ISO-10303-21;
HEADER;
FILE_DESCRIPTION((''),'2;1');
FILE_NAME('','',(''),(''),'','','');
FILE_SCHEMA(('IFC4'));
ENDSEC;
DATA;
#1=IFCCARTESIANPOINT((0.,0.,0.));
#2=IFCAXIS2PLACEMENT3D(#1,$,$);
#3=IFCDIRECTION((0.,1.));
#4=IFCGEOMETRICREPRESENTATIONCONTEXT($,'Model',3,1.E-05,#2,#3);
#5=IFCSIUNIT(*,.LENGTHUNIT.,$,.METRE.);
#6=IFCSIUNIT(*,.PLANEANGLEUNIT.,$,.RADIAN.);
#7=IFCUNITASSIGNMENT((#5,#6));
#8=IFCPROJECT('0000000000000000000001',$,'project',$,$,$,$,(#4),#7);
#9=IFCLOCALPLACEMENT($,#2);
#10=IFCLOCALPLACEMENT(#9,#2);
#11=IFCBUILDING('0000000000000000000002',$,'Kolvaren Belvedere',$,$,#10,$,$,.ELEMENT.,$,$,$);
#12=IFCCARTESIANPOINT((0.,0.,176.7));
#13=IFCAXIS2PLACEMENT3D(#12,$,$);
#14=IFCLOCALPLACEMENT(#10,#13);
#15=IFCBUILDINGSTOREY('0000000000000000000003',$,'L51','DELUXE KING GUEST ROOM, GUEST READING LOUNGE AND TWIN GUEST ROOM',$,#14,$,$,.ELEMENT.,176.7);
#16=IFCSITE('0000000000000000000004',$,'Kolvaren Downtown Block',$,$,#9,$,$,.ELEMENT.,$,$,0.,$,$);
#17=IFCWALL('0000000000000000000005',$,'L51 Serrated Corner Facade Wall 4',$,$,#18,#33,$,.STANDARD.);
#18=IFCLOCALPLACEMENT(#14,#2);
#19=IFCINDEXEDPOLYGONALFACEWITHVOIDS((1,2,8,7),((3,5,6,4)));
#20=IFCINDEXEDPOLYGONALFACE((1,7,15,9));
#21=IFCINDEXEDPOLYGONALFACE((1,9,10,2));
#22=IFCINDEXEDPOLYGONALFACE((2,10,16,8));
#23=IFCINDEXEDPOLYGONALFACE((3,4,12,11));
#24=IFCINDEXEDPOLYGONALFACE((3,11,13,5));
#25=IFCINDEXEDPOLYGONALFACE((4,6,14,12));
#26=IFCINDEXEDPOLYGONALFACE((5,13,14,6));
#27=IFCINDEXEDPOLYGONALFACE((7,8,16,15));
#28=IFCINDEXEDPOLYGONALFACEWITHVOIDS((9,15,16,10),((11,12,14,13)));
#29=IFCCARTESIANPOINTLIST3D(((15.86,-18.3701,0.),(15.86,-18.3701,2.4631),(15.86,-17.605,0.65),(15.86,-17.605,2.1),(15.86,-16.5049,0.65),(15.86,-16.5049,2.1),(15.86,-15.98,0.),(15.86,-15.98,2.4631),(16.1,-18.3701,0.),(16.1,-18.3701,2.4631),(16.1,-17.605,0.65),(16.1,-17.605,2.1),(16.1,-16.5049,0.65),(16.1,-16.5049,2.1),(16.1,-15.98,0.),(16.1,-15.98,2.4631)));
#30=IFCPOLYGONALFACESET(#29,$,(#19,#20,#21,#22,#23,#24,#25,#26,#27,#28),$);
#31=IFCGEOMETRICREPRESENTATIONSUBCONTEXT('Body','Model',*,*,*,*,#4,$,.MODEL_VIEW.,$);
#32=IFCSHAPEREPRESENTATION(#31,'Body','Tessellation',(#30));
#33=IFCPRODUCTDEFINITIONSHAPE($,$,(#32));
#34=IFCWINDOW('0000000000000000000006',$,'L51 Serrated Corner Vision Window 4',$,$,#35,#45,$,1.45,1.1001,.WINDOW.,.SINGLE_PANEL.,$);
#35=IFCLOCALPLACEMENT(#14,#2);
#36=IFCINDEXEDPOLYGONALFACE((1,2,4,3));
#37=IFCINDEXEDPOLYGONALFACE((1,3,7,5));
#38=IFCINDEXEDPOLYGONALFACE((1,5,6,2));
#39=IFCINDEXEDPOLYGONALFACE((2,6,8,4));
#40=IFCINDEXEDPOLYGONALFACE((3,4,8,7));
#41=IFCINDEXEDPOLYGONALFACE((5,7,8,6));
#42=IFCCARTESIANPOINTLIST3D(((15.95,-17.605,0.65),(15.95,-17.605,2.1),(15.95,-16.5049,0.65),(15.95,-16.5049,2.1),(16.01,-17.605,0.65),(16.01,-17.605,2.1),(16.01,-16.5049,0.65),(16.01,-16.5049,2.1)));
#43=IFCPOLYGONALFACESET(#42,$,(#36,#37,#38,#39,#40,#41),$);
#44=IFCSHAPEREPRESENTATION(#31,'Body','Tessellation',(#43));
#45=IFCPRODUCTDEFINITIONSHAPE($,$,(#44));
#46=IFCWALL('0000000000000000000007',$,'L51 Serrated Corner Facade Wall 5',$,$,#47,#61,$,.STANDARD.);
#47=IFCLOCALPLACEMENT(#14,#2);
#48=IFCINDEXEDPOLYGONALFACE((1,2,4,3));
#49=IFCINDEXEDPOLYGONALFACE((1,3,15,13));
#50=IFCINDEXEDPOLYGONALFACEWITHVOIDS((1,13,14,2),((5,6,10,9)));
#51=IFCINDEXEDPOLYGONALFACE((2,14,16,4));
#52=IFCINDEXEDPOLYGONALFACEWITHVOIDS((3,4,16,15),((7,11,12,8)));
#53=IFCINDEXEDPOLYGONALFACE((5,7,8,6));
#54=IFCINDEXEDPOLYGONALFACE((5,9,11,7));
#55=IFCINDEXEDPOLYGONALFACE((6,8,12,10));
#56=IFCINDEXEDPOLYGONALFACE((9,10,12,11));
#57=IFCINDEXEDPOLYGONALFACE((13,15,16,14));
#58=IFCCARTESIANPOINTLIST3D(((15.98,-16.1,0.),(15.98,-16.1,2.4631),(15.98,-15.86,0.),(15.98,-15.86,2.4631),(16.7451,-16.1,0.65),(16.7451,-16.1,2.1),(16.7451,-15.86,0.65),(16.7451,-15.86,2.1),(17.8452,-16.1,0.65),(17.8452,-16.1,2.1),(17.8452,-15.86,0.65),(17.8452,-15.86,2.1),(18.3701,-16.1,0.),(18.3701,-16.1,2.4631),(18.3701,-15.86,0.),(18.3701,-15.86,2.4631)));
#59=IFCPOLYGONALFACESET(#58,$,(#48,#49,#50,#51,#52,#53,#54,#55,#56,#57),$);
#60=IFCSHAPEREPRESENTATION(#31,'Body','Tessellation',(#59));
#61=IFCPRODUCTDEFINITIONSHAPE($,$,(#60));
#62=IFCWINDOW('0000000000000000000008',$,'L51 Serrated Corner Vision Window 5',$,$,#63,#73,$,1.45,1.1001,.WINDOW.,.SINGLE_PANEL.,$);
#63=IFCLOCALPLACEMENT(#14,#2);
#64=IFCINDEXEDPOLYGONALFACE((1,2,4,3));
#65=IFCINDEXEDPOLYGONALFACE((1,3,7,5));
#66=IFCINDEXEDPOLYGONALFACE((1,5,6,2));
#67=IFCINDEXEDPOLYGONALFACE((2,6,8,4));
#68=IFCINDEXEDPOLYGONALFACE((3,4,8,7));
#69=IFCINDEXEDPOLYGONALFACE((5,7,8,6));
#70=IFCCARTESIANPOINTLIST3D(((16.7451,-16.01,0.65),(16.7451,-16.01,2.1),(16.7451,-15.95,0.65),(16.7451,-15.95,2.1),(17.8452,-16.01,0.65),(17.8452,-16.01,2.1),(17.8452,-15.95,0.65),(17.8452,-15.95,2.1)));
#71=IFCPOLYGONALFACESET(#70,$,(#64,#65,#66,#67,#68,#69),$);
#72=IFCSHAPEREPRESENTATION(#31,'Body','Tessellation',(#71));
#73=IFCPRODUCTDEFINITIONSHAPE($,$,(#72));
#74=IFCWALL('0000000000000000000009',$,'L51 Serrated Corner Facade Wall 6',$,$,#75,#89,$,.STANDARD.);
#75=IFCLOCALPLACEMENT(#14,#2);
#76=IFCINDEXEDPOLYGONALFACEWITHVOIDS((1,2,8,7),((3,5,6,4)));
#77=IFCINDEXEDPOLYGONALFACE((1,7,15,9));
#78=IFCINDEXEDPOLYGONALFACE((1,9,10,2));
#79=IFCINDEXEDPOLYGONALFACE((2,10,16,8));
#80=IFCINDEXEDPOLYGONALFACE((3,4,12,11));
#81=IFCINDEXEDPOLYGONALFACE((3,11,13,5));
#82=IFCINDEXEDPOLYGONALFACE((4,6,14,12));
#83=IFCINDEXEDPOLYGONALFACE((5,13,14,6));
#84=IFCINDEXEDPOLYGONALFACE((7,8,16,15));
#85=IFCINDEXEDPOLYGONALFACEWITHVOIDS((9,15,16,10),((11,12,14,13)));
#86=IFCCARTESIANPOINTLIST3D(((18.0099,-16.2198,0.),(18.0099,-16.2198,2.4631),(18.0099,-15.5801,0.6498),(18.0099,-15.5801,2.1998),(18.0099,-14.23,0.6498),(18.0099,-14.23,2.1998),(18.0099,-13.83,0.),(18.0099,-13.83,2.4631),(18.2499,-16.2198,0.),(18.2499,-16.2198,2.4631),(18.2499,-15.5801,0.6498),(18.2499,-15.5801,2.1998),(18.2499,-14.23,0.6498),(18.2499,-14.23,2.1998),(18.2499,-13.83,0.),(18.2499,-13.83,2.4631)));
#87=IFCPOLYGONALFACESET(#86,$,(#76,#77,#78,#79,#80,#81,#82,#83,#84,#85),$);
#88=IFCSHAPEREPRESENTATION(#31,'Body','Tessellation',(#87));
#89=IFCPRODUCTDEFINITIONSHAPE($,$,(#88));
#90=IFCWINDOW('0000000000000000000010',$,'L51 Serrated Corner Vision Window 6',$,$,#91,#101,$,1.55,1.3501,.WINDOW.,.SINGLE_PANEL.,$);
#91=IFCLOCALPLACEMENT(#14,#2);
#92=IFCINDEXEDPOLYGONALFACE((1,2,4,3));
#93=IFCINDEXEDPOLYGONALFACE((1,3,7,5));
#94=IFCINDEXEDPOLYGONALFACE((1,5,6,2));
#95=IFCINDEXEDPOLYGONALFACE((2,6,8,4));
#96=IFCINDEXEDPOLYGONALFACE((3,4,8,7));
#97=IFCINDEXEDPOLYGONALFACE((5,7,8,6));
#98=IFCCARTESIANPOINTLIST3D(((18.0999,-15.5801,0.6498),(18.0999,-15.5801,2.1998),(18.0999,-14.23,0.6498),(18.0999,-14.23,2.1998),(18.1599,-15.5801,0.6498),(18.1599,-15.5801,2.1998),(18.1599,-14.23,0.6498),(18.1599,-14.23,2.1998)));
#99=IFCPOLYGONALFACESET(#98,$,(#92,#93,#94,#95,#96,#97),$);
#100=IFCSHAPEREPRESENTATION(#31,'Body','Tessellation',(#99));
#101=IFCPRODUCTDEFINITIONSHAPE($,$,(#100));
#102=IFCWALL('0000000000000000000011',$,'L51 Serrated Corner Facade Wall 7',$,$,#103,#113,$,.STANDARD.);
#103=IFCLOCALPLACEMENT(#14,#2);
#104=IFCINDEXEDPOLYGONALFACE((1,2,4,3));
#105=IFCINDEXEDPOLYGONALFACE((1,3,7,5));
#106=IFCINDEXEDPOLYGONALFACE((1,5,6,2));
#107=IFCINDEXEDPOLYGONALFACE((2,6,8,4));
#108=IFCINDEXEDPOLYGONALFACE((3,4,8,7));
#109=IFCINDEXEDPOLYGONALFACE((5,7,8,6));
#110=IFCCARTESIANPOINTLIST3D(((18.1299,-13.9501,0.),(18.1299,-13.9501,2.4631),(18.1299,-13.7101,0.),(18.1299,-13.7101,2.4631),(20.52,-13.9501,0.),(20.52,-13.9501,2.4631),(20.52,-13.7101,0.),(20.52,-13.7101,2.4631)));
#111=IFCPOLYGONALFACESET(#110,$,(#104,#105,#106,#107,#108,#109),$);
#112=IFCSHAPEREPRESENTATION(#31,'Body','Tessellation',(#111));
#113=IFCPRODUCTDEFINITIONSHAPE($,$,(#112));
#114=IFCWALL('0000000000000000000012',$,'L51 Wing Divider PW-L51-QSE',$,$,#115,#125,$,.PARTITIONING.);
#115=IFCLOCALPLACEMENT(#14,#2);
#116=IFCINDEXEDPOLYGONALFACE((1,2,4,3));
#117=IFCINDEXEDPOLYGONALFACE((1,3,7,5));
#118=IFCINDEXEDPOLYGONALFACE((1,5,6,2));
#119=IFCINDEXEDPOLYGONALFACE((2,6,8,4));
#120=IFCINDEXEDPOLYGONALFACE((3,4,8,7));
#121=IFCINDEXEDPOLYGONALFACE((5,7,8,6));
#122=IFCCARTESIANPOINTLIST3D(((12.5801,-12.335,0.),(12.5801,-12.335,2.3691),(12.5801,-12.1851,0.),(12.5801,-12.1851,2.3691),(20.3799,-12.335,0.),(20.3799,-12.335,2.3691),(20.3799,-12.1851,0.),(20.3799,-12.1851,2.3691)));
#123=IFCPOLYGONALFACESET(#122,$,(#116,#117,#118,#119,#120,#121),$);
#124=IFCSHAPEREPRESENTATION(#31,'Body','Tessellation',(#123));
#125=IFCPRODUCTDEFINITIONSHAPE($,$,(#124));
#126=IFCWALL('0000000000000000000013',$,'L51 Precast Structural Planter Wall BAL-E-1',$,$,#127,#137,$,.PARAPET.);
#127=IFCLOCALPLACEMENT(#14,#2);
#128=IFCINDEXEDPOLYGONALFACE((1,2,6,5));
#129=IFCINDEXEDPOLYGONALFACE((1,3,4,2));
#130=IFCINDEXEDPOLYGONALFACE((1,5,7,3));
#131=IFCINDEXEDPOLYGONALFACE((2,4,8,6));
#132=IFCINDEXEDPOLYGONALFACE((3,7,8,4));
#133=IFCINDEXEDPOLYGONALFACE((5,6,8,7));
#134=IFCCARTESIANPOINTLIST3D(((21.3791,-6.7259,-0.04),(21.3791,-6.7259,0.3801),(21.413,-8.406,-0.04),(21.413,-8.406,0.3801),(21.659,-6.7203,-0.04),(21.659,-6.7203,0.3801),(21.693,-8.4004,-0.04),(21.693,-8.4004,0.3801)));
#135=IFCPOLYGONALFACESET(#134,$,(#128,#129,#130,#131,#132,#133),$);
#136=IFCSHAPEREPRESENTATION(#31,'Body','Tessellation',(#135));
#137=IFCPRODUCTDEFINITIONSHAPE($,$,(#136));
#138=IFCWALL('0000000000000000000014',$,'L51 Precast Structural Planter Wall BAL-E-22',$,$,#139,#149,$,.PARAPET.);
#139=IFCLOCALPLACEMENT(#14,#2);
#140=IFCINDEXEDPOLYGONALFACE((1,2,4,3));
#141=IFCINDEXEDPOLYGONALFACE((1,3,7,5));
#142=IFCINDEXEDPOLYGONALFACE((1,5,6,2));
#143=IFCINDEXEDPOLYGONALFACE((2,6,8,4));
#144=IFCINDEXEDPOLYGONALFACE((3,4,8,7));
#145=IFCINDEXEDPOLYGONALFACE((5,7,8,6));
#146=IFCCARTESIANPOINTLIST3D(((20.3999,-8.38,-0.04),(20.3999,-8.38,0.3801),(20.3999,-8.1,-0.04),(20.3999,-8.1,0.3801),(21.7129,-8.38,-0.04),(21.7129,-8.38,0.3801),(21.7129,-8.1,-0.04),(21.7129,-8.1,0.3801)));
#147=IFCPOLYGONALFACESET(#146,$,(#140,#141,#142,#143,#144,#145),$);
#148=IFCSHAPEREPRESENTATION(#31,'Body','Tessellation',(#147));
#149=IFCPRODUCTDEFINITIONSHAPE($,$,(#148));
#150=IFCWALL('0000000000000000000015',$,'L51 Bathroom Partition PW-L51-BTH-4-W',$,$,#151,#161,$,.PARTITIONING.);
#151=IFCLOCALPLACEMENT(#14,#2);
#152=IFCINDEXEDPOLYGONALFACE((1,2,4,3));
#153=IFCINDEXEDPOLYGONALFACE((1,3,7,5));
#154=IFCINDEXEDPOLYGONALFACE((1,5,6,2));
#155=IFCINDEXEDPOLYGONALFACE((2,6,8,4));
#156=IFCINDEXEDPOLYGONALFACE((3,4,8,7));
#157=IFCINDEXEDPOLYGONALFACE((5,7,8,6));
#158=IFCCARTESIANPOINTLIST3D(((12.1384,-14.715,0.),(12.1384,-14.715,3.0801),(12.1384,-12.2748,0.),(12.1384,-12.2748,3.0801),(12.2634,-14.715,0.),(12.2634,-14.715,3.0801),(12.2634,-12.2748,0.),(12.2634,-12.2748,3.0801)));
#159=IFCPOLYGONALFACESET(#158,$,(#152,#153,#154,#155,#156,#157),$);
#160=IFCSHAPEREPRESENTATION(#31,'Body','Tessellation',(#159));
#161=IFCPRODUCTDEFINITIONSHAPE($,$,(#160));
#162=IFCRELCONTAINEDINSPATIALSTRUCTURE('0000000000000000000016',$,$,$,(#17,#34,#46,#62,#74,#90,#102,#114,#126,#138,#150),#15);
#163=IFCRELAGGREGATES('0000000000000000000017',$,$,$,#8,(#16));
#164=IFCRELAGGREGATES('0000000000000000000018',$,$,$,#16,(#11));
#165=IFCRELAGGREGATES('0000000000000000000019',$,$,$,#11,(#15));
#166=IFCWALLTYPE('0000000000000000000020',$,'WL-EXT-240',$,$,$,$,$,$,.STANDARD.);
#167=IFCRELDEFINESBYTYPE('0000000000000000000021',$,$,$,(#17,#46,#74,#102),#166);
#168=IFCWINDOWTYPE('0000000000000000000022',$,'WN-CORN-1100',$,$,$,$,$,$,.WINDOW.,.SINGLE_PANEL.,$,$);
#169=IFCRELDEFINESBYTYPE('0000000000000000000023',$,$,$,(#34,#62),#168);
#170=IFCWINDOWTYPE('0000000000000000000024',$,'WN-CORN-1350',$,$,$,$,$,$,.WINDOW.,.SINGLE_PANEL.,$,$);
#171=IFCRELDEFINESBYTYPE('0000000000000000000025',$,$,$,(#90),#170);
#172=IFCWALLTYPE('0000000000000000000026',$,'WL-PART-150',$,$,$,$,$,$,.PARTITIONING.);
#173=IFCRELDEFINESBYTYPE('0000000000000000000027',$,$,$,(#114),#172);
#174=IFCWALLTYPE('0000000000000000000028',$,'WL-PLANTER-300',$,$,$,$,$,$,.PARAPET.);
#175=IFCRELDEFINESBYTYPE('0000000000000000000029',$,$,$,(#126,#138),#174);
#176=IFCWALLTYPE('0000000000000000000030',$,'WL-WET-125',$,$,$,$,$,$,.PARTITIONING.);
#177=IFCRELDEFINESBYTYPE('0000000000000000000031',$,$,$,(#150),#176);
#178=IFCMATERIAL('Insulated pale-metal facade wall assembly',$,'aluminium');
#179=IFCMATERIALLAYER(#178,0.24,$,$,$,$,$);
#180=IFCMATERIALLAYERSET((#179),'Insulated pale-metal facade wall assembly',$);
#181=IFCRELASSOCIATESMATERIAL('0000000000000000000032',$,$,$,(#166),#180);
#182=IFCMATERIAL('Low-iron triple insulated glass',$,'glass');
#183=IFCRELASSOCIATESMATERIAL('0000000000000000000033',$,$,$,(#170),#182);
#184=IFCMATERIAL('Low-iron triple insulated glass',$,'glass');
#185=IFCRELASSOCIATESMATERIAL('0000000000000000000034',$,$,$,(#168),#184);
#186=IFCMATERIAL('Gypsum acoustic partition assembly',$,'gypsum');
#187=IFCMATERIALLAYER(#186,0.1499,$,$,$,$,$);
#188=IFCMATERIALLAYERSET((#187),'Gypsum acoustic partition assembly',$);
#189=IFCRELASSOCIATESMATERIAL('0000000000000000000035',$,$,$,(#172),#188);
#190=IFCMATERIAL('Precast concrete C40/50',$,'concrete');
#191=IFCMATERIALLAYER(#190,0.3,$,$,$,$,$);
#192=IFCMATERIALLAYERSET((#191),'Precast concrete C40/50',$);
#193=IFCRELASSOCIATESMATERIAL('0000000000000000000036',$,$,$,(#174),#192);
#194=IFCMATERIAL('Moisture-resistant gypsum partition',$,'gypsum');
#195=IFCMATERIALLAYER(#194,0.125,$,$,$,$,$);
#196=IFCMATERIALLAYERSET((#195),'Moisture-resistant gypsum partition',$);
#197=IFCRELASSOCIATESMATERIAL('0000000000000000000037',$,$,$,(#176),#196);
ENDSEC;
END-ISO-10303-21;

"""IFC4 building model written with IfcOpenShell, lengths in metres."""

from ifc_helpers import new_model, si_unit, direction, frame, frame_2d, origin, place, context, subcontext, project, spatial, rectangle, extrude, material, layer, layer_set, type_object, element, fill, save


model = new_model("IFC4")

# Units and contexts
model_context = context("Model", 3, precision=1e-05, world=origin(), true_north=direction((0.0, 1.0)))
body_context = subcontext(model_context, "Body", "Model", "MODEL_VIEW")
ifc_project = project(units=[si_unit("LENGTHUNIT", "METRE"), si_unit("PLANEANGLEUNIT", "RADIAN")], contexts=[model_context])

# Site, building, storey
site_placement = place(None, origin())
site = spatial("IfcSite", under=ifc_project, at=site_placement, Name="Kolvaren Downtown Block", CompositionType="ELEMENT", RefElevation=0.0)
building_placement = place(site_placement, origin())
building = spatial("IfcBuilding", under=site, at=building_placement, Name="Kolvaren Belvedere", CompositionType="ELEMENT")
storey_placement = place(building_placement, frame((0.0, 0.0, 176.7)))
storey = spatial("IfcBuildingStorey", under=building, at=storey_placement, Name="L51", Description="DELUXE KING GUEST ROOM, GUEST READING LOUNGE AND TWIN GUEST ROOM", CompositionType="ELEMENT", Elevation=176.7)

# Shared definitions
ifc_material_1 = material(Name="Insulated pale-metal facade wall assembly", Category="aluminium")
ifc_layer_1 = layer(ifc_material_1, 0.24)
ifc_layer_set_1 = layer_set([ifc_layer_1], Name="Insulated pale-metal facade wall assembly")
wall_type_1 = type_object("IfcWallType", Name="WL-EXT-240", PredefinedType="STANDARD", material=ifc_layer_set_1)

# Walls, openings, windows
ifc_material_2 = material(Name="Low-iron triple insulated glass", Category="glass")
window_type_1 = type_object("IfcWindowType", Name="WN-CORN-1350", PartitioningType="SINGLE_PANEL", PredefinedType="WINDOW", material=ifc_material_2)
wall_1_placement = place(storey_placement, frame((15.98, -15.98, 0.0), z_axis=(0.0, 0.0, 1.0), x_axis=(0.0, -1.0, 0.0)))
wall_1 = element("IfcWall", 1, at=wall_1_placement, inside=storey, type_object=wall_type_1, Name="L51 Serrated Corner Facade Wall 4", PredefinedType="STANDARD", context=body_context, shape_type="SweptSolid", body=[
    extrude(rectangle(XDim=2.3901, YDim=0.24, at=frame_2d((1.1951, 0.0))), origin(), (0.0, 0.0, 1.0), 2.4631),
])
opening_1_placement = place(wall_1_placement, frame((0.5249, 0.0, 0.6499)))
opening_1 = element("IfcOpeningElement", 2, at=opening_1_placement, cuts=wall_1, PredefinedType="OPENING", context=body_context, shape_type="SweptSolid", body=[
    extrude(rectangle(XDim=1.1001, YDim=1.45, at=frame_2d((0.55, 0.7251))), frame((0.0, 0.1299, 0.0), z_axis=(0.0, -1.0, 0.0), x_axis=(1.0, 0.0, 0.0)), (0.0, 0.0, 1.0), 0.26),
])
ifc_material_3 = material(Name="Low-iron triple insulated glass", Category="glass")
window_type_2 = type_object("IfcWindowType", Name="WN-CORN-1100", PartitioningType="SINGLE_PANEL", PredefinedType="WINDOW", material=ifc_material_3)
window_1_placement = place(opening_1_placement, origin())
window_1 = element("IfcWindow", 3, at=window_1_placement, inside=storey, type_object=window_type_2, Name="L51 Serrated Corner Vision Window 4", OverallHeight=1.45, OverallWidth=1.1001, PartitioningType="SINGLE_PANEL", PredefinedType="WINDOW", context=body_context, shape_type="SweptSolid", body=[
    extrude(rectangle(XDim=1.1001, YDim=1.45, at=frame_2d((0.55, 0.7251))), frame((0.0, 0.03, 0.0), z_axis=(0.0, -1.0, 0.0), x_axis=(1.0, 0.0, 0.0)), (0.0, 0.0, 1.0), 0.0601),
])
fill(opening_1, window_1)
wall_2_placement = place(storey_placement, frame((18.3701, -15.98, 0.0), z_axis=(0.0, 0.0, 1.0), x_axis=(-1.0, 0.0, 0.0)))
wall_2 = element("IfcWall", 4, at=wall_2_placement, inside=storey, type_object=wall_type_1, Name="L51 Serrated Corner Facade Wall 5", PredefinedType="STANDARD", context=body_context, shape_type="SweptSolid", body=[
    extrude(rectangle(XDim=2.3901, YDim=0.24, at=frame_2d((1.1951, 0.0))), origin(), (0.0, 0.0, 1.0), 2.4631),
])
opening_2_placement = place(wall_2_placement, frame((0.5249, 0.0, 0.6499)))
opening_2 = element("IfcOpeningElement", 5, at=opening_2_placement, cuts=wall_2, PredefinedType="OPENING", context=body_context, shape_type="SweptSolid", body=[
    extrude(rectangle(XDim=1.1001, YDim=1.45, at=frame_2d((0.55, 0.7251))), frame((0.0, 0.1299, 0.0), z_axis=(0.0, -1.0, 0.0), x_axis=(1.0, 0.0, 0.0)), (0.0, 0.0, 1.0), 0.26),
])
window_2_placement = place(opening_2_placement, origin())
window_2 = element("IfcWindow", 6, at=window_2_placement, inside=storey, type_object=window_type_2, Name="L51 Serrated Corner Vision Window 5", OverallHeight=1.45, OverallWidth=1.1001, PartitioningType="SINGLE_PANEL", PredefinedType="WINDOW", context=body_context, shape_type="SweptSolid", body=[
    extrude(rectangle(XDim=1.1001, YDim=1.45, at=frame_2d((0.55, 0.7251))), frame((0.0, 0.03, 0.0), z_axis=(0.0, -1.0, 0.0), x_axis=(1.0, 0.0, 0.0)), (0.0, 0.0, 1.0), 0.0601),
])
fill(opening_2, window_2)
wall_3_placement = place(storey_placement, frame((18.1299, -13.8301, 0.0), z_axis=(0.0, 0.0, 1.0), x_axis=(0.0, -1.0, 0.0)))
wall_3 = element("IfcWall", 7, at=wall_3_placement, inside=storey, type_object=wall_type_1, Name="L51 Serrated Corner Facade Wall 6", PredefinedType="STANDARD", context=body_context, shape_type="SweptSolid", body=[
    extrude(rectangle(XDim=2.3899, YDim=0.24, at=frame_2d((1.1948, 0.0))), origin(), (0.0, 0.0, 1.0), 2.4631),
])
opening_3_placement = place(wall_3_placement, frame((0.3999, 0.0, 0.6499)))
opening_3 = element("IfcOpeningElement", 8, at=opening_3_placement, cuts=wall_3, PredefinedType="OPENING", context=body_context, shape_type="SweptSolid", body=[
    extrude(rectangle(XDim=1.3501, YDim=1.55, at=frame_2d((0.675, 0.7749))), frame((0.0, 0.1299, 0.0), z_axis=(0.0, -1.0, 0.0), x_axis=(1.0, 0.0, 0.0)), (0.0, 0.0, 1.0), 0.26),
])
window_3_placement = place(opening_3_placement, origin())
window_3 = element("IfcWindow", 9, at=window_3_placement, inside=storey, type_object=window_type_1, Name="L51 Serrated Corner Vision Window 6", OverallHeight=1.55, OverallWidth=1.3501, PartitioningType="SINGLE_PANEL", PredefinedType="WINDOW", context=body_context, shape_type="SweptSolid", body=[
    extrude(rectangle(XDim=1.3501, YDim=1.55, at=frame_2d((0.675, 0.7749))), frame((0.0, 0.03, 0.0), z_axis=(0.0, -1.0, 0.0), x_axis=(1.0, 0.0, 0.0)), (0.0, 0.0, 1.0), 0.0601),
])
fill(opening_3, window_3)

# Walls
wall_4_placement = place(storey_placement, frame((20.52, -13.8301, 0.0), z_axis=(0.0, 0.0, 1.0), x_axis=(-1.0, 0.0, 0.0)))
element("IfcWall", 10, at=wall_4_placement, inside=storey, type_object=wall_type_1, Name="L51 Serrated Corner Facade Wall 7", PredefinedType="STANDARD", context=body_context, shape_type="SweptSolid", body=[
    extrude(rectangle(XDim=2.3901, YDim=0.24, at=frame_2d((1.1951, 0.0))), origin(), (0.0, 0.0, 1.0), 2.4631),
])
ifc_material_4 = material(Name="Gypsum acoustic partition assembly", Category="gypsum")
ifc_layer_2 = layer(ifc_material_4, 0.1499)
ifc_layer_set_2 = layer_set([ifc_layer_2], Name="Gypsum acoustic partition assembly")
wall_type_2 = type_object("IfcWallType", Name="WL-PART-150", PredefinedType="PARTITIONING", material=ifc_layer_set_2)
wall_5_placement = place(storey_placement, frame((12.5801, -12.26, 0.0), z_axis=(0.0, 0.0, 1.0), x_axis=(1.0, 0.0, 0.0)))
element("IfcWall", 11, at=wall_5_placement, inside=storey, type_object=wall_type_2, Name="L51 Wing Divider PW-L51-QSE", PredefinedType="PARTITIONING", context=body_context, shape_type="SweptSolid", body=[
    extrude(rectangle(XDim=7.7998, YDim=0.1499, at=frame_2d((3.8999, 0.0))), origin(), (0.0, 0.0, 1.0), 2.3691),
])
ifc_material_5 = material(Name="Precast concrete C40/50", Category="concrete")
ifc_layer_3 = layer(ifc_material_5, 0.3)
ifc_layer_set_3 = layer_set([ifc_layer_3], Name="Precast concrete C40/50")
wall_type_3 = type_object("IfcWallType", Name="WL-PLANTER-300", PredefinedType="PARAPET", material=ifc_layer_set_3)
wall_6_placement = place(storey_placement, frame((21.553, -8.4033, -0.04), z_axis=(0.0, 0.0, 1.0), x_axis=(-0.020193, 0.999796, 0.0)))
element("IfcWall", 12, at=wall_6_placement, inside=storey, type_object=wall_type_3, Name="L51 Precast Structural Planter Wall BAL-E-1", PredefinedType="PARAPET", context=body_context, shape_type="SweptSolid", body=[
    extrude(rectangle(XDim=1.6804, YDim=0.28, at=frame_2d((0.8403, 0.0))), origin(), (0.0, 0.0, 1.0), 0.4202),
])
wall_7_placement = place(storey_placement, frame((20.3999, -8.24, -0.04), z_axis=(0.0, 0.0, 1.0), x_axis=(1.0, 0.0, 0.0)))
element("IfcWall", 13, at=wall_7_placement, inside=storey, type_object=wall_type_3, Name="L51 Precast Structural Planter Wall BAL-E-22", PredefinedType="PARAPET", context=body_context, shape_type="SweptSolid", body=[
    extrude(rectangle(XDim=1.313, YDim=0.28, at=frame_2d((0.6565, 0.0))), origin(), (0.0, 0.0, 1.0), 0.4202),
])
ifc_material_6 = material(Name="Moisture-resistant gypsum partition", Category="gypsum")
ifc_layer_4 = layer(ifc_material_6, 0.125)
ifc_layer_set_4 = layer_set([ifc_layer_4], Name="Moisture-resistant gypsum partition")
wall_type_4 = type_object("IfcWallType", Name="WL-WET-125", PredefinedType="PARTITIONING", material=ifc_layer_set_4)
wall_8_placement = place(storey_placement, frame((12.2009, -14.7151, 0.0), z_axis=(0.0, 0.0, 1.0), x_axis=(0.0, 1.0, 0.0)))
element("IfcWall", 14, at=wall_8_placement, inside=storey, type_object=wall_type_4, Name="L51 Bathroom Partition PW-L51-BTH-4-W", PredefinedType="PARTITIONING", context=body_context, shape_type="SweptSolid", body=[
    extrude(rectangle(XDim=2.4402, YDim=0.125, at=frame_2d((1.2202, 0.0))), origin(), (0.0, 0.0, 1.0), 3.0801),
])

save(model, "model.ifc")
